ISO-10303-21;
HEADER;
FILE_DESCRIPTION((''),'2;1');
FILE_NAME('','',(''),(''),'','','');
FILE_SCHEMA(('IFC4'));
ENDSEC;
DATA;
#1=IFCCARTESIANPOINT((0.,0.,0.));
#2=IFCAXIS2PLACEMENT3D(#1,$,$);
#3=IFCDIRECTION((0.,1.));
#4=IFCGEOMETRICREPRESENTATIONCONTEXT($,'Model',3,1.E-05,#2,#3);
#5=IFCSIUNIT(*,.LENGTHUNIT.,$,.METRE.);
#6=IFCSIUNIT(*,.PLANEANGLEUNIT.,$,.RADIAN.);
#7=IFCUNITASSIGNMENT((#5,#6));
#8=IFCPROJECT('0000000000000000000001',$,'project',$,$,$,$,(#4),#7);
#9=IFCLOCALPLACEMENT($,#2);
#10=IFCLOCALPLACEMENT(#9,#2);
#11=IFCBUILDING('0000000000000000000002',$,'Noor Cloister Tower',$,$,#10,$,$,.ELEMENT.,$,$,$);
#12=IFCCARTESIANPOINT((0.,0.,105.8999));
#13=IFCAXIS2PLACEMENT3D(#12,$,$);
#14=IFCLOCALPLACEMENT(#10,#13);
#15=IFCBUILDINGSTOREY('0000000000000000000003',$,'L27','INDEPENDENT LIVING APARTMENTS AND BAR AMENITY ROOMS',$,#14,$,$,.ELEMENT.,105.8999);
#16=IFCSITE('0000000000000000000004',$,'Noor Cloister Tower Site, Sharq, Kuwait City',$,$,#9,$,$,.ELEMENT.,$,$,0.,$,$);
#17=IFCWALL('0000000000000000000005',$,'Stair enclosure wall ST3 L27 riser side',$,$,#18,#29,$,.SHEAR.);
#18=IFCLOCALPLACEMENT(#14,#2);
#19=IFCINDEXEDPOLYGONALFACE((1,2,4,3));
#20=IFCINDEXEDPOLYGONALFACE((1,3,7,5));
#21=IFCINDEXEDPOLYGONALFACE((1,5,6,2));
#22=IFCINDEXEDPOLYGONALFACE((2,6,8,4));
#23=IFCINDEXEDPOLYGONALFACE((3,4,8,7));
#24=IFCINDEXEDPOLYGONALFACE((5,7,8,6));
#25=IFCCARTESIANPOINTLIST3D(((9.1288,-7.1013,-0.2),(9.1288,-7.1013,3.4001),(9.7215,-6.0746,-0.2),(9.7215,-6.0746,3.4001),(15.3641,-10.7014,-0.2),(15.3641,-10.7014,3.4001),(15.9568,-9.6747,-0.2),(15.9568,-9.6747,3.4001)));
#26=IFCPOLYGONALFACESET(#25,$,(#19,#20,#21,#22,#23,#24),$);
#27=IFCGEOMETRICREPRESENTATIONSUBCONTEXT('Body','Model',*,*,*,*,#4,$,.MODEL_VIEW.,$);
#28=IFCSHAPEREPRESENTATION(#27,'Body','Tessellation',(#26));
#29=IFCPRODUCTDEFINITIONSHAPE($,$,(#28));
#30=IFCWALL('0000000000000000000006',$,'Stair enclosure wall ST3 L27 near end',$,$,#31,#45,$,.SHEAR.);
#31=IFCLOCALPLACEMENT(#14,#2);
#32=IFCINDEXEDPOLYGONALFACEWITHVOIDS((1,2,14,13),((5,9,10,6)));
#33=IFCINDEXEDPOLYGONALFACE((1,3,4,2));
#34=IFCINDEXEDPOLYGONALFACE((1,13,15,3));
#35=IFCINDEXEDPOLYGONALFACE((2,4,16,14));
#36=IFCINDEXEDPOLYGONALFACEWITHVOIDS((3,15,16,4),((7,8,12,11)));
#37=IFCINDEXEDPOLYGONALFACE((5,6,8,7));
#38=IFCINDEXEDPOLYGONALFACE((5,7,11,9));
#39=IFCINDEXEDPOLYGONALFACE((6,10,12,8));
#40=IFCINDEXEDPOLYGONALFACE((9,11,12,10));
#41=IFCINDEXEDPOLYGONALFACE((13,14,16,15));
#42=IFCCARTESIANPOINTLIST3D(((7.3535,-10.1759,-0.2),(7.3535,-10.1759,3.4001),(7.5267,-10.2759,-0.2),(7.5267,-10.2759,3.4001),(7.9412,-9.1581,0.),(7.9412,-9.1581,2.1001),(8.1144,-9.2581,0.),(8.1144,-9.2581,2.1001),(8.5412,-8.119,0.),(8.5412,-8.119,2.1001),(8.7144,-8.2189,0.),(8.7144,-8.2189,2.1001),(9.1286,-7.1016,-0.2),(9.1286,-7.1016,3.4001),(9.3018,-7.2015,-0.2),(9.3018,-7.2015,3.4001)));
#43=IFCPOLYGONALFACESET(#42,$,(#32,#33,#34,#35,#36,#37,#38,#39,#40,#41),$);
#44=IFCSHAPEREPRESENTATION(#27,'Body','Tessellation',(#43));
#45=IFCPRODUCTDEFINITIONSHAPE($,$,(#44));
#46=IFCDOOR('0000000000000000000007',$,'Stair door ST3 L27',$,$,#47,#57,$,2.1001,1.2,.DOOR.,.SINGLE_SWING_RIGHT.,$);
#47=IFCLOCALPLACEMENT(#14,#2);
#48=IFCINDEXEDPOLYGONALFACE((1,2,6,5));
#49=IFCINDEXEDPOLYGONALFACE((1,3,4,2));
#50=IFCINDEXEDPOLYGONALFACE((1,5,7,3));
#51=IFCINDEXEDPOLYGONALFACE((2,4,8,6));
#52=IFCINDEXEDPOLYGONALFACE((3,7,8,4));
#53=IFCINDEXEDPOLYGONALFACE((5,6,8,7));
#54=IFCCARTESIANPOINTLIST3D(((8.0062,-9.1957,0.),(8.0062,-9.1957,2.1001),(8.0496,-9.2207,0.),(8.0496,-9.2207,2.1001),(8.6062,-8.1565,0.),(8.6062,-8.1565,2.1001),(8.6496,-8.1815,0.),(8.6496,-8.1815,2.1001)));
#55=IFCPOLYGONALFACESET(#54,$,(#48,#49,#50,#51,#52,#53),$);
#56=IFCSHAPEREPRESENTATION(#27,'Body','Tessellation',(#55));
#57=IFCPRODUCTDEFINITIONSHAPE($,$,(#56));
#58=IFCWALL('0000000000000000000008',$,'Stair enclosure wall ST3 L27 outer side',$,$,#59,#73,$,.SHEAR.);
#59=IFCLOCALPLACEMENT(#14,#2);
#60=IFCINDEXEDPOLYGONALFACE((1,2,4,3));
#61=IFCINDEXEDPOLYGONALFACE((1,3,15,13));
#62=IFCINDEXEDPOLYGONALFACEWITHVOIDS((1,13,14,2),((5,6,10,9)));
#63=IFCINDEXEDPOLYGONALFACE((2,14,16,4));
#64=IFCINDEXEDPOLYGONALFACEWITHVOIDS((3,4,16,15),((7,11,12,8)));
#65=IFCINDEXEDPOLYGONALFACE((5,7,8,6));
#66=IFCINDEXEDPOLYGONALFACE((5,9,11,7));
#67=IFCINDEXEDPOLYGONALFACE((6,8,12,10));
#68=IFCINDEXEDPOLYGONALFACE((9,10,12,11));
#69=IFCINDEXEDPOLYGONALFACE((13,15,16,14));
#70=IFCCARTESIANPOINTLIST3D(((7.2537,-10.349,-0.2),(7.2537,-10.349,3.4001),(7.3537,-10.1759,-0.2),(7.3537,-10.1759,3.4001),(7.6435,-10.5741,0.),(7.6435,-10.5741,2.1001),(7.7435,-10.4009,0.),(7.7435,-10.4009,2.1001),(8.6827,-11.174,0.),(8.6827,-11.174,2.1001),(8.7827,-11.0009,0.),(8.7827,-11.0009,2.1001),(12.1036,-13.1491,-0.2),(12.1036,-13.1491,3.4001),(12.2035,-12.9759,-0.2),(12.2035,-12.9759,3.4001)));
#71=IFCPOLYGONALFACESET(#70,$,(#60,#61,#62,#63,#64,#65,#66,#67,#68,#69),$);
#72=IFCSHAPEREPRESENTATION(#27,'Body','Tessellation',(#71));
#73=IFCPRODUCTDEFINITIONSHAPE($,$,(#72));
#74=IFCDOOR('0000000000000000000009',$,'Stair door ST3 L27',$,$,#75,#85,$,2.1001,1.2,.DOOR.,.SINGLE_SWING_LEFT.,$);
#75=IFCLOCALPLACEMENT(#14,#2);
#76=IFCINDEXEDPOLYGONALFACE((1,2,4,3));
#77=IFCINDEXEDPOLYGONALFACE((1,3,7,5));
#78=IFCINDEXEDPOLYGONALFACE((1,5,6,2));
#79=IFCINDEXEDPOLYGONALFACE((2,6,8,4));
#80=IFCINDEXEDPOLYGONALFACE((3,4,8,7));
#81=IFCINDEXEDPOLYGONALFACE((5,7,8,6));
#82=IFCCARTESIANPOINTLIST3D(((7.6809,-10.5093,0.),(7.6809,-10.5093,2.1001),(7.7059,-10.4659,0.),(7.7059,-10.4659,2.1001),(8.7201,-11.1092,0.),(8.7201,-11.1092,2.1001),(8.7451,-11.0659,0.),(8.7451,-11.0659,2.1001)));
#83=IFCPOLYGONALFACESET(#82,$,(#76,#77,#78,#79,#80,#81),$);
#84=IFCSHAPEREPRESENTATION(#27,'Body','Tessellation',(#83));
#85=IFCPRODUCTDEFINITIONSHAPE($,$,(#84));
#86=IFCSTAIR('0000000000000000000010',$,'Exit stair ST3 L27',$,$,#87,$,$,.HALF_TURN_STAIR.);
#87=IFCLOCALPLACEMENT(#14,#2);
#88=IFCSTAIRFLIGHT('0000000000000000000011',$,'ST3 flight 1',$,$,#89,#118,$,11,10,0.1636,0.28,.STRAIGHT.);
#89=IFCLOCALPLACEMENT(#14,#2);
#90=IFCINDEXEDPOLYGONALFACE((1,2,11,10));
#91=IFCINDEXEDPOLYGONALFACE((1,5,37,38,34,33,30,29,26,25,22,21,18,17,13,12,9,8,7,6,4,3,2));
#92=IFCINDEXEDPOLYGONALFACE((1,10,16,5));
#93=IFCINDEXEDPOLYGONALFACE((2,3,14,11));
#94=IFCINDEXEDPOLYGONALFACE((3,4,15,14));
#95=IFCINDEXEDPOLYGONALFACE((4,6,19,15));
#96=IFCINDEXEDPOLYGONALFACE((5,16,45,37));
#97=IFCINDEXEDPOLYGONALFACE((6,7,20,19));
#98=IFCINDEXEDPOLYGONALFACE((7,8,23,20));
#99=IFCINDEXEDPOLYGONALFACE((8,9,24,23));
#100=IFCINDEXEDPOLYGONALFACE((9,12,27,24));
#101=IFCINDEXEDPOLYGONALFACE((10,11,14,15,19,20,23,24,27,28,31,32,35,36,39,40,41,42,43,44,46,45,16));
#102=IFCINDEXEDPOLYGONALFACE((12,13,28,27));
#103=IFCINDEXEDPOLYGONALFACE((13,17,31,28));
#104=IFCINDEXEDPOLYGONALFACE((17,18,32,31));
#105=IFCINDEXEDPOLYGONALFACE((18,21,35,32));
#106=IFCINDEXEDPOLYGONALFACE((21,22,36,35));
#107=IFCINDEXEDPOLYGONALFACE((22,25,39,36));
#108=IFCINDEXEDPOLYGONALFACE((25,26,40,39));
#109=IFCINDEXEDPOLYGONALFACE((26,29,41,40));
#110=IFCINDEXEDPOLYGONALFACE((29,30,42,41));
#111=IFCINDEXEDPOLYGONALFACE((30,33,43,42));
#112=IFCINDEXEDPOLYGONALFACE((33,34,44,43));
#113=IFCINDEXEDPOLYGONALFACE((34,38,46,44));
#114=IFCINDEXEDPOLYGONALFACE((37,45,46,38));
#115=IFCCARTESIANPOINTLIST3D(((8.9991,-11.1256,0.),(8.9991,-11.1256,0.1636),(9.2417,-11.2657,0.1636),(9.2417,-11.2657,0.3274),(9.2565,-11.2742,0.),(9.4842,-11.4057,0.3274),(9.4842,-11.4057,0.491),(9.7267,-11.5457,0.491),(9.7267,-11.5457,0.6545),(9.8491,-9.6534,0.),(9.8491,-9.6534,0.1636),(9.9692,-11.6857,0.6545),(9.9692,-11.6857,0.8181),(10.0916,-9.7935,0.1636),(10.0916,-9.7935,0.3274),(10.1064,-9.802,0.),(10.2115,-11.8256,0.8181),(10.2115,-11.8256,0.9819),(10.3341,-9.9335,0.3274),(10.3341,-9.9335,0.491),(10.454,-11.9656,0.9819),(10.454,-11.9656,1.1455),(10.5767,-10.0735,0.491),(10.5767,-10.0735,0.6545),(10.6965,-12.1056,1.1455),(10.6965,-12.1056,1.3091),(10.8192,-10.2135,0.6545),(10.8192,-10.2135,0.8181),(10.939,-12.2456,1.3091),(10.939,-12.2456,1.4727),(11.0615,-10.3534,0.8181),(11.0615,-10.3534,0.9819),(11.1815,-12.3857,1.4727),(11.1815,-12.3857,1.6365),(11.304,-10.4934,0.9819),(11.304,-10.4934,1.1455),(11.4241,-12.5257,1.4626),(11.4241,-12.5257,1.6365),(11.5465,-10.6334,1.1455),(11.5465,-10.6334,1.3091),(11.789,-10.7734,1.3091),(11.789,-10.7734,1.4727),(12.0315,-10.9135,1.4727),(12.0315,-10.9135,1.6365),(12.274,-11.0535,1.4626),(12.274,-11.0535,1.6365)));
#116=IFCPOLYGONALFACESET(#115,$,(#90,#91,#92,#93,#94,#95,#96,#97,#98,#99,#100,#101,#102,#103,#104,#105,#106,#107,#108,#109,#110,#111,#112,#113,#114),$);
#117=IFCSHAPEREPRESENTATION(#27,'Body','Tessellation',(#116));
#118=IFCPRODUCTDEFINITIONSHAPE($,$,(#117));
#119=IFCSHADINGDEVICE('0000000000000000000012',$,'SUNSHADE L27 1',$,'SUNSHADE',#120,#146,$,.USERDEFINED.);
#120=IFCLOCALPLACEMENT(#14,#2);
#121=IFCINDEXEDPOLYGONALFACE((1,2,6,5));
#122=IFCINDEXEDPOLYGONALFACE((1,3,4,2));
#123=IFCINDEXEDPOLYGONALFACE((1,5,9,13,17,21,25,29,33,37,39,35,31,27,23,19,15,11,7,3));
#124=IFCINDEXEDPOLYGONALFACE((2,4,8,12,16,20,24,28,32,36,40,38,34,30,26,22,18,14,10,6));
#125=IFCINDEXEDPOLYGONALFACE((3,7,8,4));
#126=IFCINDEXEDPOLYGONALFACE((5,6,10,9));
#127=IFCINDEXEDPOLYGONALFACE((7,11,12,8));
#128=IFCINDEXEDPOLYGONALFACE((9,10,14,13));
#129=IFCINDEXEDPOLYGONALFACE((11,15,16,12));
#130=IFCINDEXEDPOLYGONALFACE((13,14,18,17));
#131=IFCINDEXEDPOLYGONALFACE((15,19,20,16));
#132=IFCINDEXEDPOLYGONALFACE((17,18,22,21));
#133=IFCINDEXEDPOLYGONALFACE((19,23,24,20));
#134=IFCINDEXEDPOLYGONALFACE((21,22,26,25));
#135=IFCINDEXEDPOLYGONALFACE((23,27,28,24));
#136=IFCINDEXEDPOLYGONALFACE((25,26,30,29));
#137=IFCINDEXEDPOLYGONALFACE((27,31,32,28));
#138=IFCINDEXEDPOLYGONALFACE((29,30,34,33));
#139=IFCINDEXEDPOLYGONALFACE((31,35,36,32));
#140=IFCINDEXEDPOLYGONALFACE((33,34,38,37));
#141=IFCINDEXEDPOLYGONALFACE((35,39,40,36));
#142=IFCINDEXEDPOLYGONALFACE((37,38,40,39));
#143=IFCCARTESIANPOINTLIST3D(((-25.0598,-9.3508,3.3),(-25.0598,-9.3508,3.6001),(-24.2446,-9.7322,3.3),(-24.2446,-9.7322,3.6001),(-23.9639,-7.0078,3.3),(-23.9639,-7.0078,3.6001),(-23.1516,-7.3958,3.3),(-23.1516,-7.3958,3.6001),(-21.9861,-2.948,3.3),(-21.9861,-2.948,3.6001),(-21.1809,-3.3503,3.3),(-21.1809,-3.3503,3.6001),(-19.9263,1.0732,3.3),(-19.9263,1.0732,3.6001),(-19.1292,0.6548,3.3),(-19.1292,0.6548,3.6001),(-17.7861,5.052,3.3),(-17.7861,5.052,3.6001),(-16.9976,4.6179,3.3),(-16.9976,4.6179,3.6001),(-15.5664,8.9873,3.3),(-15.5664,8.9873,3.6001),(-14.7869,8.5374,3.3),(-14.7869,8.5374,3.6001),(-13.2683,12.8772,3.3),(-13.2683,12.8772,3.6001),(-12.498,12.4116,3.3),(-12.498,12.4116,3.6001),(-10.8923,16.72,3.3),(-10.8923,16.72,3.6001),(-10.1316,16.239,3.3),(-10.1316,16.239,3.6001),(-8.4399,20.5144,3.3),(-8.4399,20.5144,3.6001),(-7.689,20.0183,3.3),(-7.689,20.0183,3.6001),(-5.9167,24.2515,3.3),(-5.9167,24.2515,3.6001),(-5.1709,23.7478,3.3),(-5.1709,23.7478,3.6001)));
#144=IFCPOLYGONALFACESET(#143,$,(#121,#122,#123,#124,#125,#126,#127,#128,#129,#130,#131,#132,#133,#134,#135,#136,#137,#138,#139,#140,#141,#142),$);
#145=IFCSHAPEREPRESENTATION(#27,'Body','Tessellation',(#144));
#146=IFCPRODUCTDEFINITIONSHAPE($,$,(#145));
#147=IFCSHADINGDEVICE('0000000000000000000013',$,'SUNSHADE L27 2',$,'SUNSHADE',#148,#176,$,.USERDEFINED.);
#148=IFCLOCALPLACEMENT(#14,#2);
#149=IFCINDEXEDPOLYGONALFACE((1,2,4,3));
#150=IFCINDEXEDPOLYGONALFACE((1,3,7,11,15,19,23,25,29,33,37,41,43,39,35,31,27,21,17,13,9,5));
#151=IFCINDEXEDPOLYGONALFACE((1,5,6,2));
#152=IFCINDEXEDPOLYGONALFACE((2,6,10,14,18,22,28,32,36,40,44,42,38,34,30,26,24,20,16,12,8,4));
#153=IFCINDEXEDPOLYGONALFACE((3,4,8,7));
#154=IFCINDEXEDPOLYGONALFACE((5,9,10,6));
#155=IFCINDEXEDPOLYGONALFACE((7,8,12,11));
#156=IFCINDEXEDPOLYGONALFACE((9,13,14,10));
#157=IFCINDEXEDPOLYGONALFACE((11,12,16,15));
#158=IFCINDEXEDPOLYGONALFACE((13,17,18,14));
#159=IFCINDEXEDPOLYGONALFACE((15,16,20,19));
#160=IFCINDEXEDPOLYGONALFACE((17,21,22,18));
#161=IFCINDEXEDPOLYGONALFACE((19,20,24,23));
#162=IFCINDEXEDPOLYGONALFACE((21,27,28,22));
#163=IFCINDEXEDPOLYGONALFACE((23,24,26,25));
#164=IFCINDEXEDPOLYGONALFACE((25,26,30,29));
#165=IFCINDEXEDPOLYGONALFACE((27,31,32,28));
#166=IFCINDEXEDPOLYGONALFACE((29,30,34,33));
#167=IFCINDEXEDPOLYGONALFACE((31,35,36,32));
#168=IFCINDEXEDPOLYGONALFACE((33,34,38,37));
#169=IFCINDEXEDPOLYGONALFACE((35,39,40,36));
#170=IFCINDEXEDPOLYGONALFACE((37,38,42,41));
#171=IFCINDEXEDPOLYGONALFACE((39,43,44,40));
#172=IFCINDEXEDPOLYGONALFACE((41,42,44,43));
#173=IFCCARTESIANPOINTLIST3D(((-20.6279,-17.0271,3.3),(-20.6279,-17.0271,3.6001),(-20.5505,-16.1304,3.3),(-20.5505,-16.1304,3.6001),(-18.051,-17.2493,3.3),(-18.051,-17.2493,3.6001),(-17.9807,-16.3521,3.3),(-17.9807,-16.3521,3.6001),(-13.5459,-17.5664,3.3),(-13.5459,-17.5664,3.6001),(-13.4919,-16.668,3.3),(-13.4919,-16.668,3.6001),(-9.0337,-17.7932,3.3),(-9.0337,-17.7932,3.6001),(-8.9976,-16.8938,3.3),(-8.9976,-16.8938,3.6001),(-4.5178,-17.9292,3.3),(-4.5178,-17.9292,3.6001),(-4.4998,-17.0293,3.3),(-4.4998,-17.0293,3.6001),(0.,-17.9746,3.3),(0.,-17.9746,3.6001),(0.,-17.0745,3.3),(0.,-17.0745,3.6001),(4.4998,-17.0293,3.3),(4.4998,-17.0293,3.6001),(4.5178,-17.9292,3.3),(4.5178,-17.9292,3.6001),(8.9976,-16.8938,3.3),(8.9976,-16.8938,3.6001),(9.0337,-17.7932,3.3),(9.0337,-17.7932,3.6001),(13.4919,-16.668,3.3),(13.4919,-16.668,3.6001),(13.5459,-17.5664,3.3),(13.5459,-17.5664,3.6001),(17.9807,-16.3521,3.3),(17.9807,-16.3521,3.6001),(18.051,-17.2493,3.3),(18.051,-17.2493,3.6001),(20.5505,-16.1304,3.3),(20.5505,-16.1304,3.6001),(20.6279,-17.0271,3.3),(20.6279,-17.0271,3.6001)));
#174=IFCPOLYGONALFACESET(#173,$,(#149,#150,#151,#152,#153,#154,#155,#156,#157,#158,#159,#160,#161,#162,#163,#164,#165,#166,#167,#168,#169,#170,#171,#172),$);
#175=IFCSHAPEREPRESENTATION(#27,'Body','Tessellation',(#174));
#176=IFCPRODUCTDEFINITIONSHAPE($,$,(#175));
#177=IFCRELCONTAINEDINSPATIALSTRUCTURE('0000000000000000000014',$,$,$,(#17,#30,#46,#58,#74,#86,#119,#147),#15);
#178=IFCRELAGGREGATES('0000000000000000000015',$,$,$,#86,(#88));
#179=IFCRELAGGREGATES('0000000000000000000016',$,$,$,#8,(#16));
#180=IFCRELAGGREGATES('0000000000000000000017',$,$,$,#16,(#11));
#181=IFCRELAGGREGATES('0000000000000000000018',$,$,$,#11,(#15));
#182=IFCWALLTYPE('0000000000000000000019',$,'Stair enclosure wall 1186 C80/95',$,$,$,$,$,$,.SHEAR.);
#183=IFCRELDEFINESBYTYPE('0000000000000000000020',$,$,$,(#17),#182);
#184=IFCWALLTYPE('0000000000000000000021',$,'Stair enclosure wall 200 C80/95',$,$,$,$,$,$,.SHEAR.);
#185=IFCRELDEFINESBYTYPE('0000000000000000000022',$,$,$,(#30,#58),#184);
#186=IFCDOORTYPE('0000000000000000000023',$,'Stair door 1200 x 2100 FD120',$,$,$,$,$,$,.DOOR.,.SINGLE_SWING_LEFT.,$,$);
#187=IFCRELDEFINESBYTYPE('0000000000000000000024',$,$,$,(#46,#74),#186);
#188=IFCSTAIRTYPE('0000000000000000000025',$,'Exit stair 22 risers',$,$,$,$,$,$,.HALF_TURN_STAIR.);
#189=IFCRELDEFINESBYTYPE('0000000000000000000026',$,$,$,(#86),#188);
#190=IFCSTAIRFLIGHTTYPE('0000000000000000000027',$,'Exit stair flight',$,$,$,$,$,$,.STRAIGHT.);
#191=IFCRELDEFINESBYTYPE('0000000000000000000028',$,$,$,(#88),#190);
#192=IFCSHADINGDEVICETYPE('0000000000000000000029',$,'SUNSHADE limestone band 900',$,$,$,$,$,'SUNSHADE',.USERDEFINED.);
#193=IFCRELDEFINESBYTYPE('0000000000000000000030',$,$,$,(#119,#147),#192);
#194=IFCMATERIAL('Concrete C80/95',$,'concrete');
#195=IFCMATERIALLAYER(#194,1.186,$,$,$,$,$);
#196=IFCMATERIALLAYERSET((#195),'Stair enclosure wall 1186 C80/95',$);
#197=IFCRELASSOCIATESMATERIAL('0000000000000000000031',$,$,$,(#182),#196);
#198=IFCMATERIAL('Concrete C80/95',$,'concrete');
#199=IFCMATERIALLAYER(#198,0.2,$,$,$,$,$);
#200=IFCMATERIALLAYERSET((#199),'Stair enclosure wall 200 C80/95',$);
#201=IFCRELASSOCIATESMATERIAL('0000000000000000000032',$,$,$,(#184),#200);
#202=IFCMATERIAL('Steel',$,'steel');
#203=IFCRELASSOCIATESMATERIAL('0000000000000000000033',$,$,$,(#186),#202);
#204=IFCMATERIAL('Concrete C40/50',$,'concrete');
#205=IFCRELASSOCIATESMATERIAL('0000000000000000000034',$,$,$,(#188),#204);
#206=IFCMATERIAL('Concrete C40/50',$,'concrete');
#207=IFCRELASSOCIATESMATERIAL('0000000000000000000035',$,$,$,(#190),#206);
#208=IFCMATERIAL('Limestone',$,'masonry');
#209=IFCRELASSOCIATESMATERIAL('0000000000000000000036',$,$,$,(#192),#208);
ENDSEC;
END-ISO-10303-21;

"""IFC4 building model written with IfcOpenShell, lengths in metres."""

from ifc_helpers import new_model, si_unit, direction, frame, frame_2d, origin, place, context, subcontext, project, spatial, polyline, rectangle, outline, extrude, material, layer, layer_set, type_object, element, fill, aggregate, save


model = new_model("IFC4")

# Units and contexts
model_context = context("Model", 3, precision=1e-05, world=origin(), true_north=direction((0.0, 1.0)))
body_context = subcontext(model_context, "Body", "Model", "MODEL_VIEW")
ifc_project = project(units=[si_unit("LENGTHUNIT", "METRE"), si_unit("PLANEANGLEUNIT", "RADIAN")], contexts=[model_context])

# Site, building, storey
site_placement = place(None, origin())
site = spatial("IfcSite", under=ifc_project, at=site_placement, Name="Noor Cloister Tower Site, Sharq, Kuwait City", CompositionType="ELEMENT", RefElevation=0.0)
building_placement = place(site_placement, origin())
building = spatial("IfcBuilding", under=site, at=building_placement, Name="Noor Cloister Tower", CompositionType="ELEMENT")
storey_placement = place(building_placement, frame((0.0, 0.0, 105.8999)))
storey = spatial("IfcBuildingStorey", under=building, at=storey_placement, Name="L27", Description="INDEPENDENT LIVING APARTMENTS AND BAR AMENITY ROOMS", CompositionType="ELEMENT", Elevation=105.8999)

# Wall
ifc_material_1 = material(Name="Concrete C80/95", Category="concrete")
ifc_layer_1 = layer(ifc_material_1, 1.186)
ifc_layer_set_1 = layer_set([ifc_layer_1], Name="Stair enclosure wall 1186 C80/95")
wall_type_1 = type_object("IfcWallType", Name="Stair enclosure wall 1186 C80/95", PredefinedType="SHEAR", material=ifc_layer_set_1)
wall_1_placement = place(storey_placement, frame((9.425, -6.5879, -0.2), z_axis=(0.0, 0.0, 1.0), x_axis=(0.866018, -0.500012, 0.0)))
element("IfcWall", 1, at=wall_1_placement, inside=storey, type_object=wall_type_1, Name="Stair enclosure wall ST3 L27 riser side", PredefinedType="SHEAR", context=body_context, shape_type="SweptSolid", body=[
    extrude(rectangle(XDim=7.2, YDim=1.1855, at=frame_2d((3.6001, 0.0))), origin(), (0.0, 0.0, 1.0), 3.6001),
])

# Walls, openings, doors
ifc_material_2 = material(Name="Concrete C80/95", Category="concrete")
ifc_layer_2 = layer(ifc_material_2, 0.2)
ifc_layer_set_2 = layer_set([ifc_layer_2], Name="Stair enclosure wall 200 C80/95")
wall_type_2 = type_object("IfcWallType", Name="Stair enclosure wall 200 C80/95", PredefinedType="SHEAR", material=ifc_layer_set_2)
wall_2_placement = place(storey_placement, frame((7.4402, -10.2258, -0.2), z_axis=(0.0, 0.0, 1.0), x_axis=(0.500022, 0.866013, 0.0)))
wall_2 = element("IfcWall", 2, at=wall_2_placement, inside=storey, type_object=wall_type_2, Name="Stair enclosure wall ST3 L27 near end", PredefinedType="SHEAR", context=body_context, shape_type="SweptSolid", body=[
    extrude(rectangle(XDim=3.55, YDim=0.2, at=frame_2d((1.7749, 0.0))), origin(), (0.0, 0.0, 1.0), 3.6001),
])
opening_1_placement = place(wall_2_placement, frame((1.175, 0.0, 0.2)))
opening_1 = element("IfcOpeningElement", 3, at=opening_1_placement, cuts=wall_2, PredefinedType="OPENING", context=body_context, shape_type="SweptSolid", body=[
    extrude(rectangle(XDim=1.2, YDim=2.1001, at=frame_2d((0.6001, 1.05))), frame((0.0, 0.1099, 0.0), z_axis=(0.0, -1.0, 0.0), x_axis=(1.0, 0.0, 0.0)), (0.0, 0.0, 1.0), 0.22),
])
ifc_material_3 = material(Name="Steel", Category="steel")
door_type_1 = type_object("IfcDoorType", Name="Stair door 1200 x 2100 FD120", OperationType="SINGLE_SWING_LEFT", PredefinedType="DOOR", material=ifc_material_3)
door_1_placement = place(opening_1_placement, origin())
door_1 = element("IfcDoor", 4, at=door_1_placement, inside=storey, type_object=door_type_1, Name="Stair door ST3 L27", OperationType="SINGLE_SWING_RIGHT", OverallHeight=2.1001, OverallWidth=1.2, PredefinedType="DOOR", context=body_context, shape_type="SweptSolid", body=[
    extrude(rectangle(XDim=1.2, YDim=2.1001, at=frame_2d((0.6001, 1.05))), frame((0.0, 0.0249, 0.0), z_axis=(0.0, -1.0, 0.0), x_axis=(1.0, 0.0, 0.0)), (0.0, 0.0, 1.0), 0.05),
])
fill(opening_1, door_1)
wall_3_placement = place(storey_placement, frame((7.3037, -10.2625, -0.2), z_axis=(0.0, 0.0, 1.0), x_axis=(0.866027, -0.499998, 0.0)))
wall_3 = element("IfcWall", 5, at=wall_3_placement, inside=storey, type_object=wall_type_2, Name="Stair enclosure wall ST3 L27 outer side", PredefinedType="SHEAR", context=body_context, shape_type="SweptSolid", body=[
    extrude(rectangle(XDim=5.6001, YDim=0.2, at=frame_2d((2.8, 0.0))), origin(), (0.0, 0.0, 1.0), 3.6001),
])
opening_2_placement = place(wall_3_placement, frame((0.45, 0.0, 0.2)))
opening_2 = element("IfcOpeningElement", 6, at=opening_2_placement, cuts=wall_3, PredefinedType="OPENING", context=body_context, shape_type="SweptSolid", body=[
    extrude(rectangle(XDim=1.2, YDim=2.1001, at=frame_2d((0.6001, 1.05))), frame((0.0, 0.1099, 0.0), z_axis=(0.0, -1.0, 0.0), x_axis=(1.0, 0.0, 0.0)), (0.0, 0.0, 1.0), 0.22),
])
door_2_placement = place(opening_2_placement, origin())
door_2 = element("IfcDoor", 7, at=door_2_placement, inside=storey, type_object=door_type_1, Name="Stair door ST3 L27", OperationType="SINGLE_SWING_LEFT", OverallHeight=2.1001, OverallWidth=1.2, PredefinedType="DOOR", context=body_context, shape_type="SweptSolid", body=[
    extrude(rectangle(XDim=1.2, YDim=2.1001, at=frame_2d((0.6001, 1.05))), frame((0.0, 0.0249, 0.0), z_axis=(0.0, -1.0, 0.0), x_axis=(1.0, 0.0, 0.0)), (0.0, 0.0, 1.0), 0.05),
])
fill(opening_2, door_2)

# Stair, stair flight
ifc_material_4 = material(Name="Concrete C40/50", Category="concrete")
stair_type = type_object("IfcStairType", Name="Exit stair 22 risers", PredefinedType="HALF_TURN_STAIR", material=ifc_material_4)
stair_placement = place(storey_placement, origin())
stair = element("IfcStair", 8, at=stair_placement, inside=storey, type_object=stair_type, Name="Exit stair ST3 L27", PredefinedType="HALF_TURN_STAIR")
ifc_material_5 = material(Name="Concrete C40/50", Category="concrete")
stair_flight_type = type_object("IfcStairFlightType", Name="Exit stair flight", PredefinedType="STRAIGHT", material=ifc_material_5)
stair_flight_placement = place(storey_placement, frame((9.4241, -10.3896, 0.0), z_axis=(0.0, 0.0, 1.0), x_axis=(0.866025, -0.5, 0.0)))
stair_flight = element("IfcStairFlight", 9, at=stair_flight_placement, type_object=stair_flight_type, Name="ST3 flight 1", NumberOfRisers=11, NumberOfTreads=10, PredefinedType="STRAIGHT", RiserHeight=0.1636, TreadLength=0.28, context=body_context, shape_type="SweptSolid", body=[
    extrude(outline(polyline([(0.0, 0.0), (0.0, 0.1636), (0.28, 0.1636), (0.28, 0.3274), (0.5601, 0.3274), (0.5601, 0.491), (0.8401, 0.491), (0.8401, 0.6545), (1.1201, 0.6545), (1.1201, 0.8181), (1.3999, 0.8181), (1.3999, 0.9819), (1.6799, 0.9819), (1.6799, 1.1455), (1.96, 1.1455), (1.96, 1.3091), (2.24, 1.3091), (2.24, 1.4727), (2.52, 1.4727), (2.52, 1.6365), (2.8, 1.6365), (2.8, 1.8), (2.8, 1.4626), (0.2971, 0.0), (0.0, 0.0)])), frame((0.0, 0.8501, 0.0), z_axis=(0.0, -1.0, 0.0), x_axis=(1.0, 0.0, 0.0)), (0.0, 0.0, 1.0), 1.7),
])
aggregate(stair, [stair_flight])

# Shading devices
ifc_material_6 = material(Name="Limestone", Category="masonry")
shading_device_type = type_object("IfcShadingDeviceType", Name="SUNSHADE limestone band 900", ElementType="SUNSHADE", PredefinedType="USERDEFINED", material=ifc_material_6)
shading_device_1_placement = place(storey_placement, frame((0.0, 0.0, 3.3)))
element("IfcShadingDevice", 10, at=shading_device_1_placement, inside=storey, type_object=shading_device_type, Name="SUNSHADE L27 1", ObjectType="SUNSHADE", PredefinedType="USERDEFINED", context=body_context, shape_type="SweptSolid", body=[
    extrude(outline(polyline([(-5.9167, 24.2515), (-8.4399, 20.5144), (-10.8923, 16.72), (-13.2683, 12.8772), (-15.5664, 8.9873), (-17.7861, 5.052), (-19.9263, 1.0732), (-21.9861, -2.948), (-23.9639, -7.0078), (-25.0598, -9.3508), (-24.2446, -9.7322), (-23.1516, -7.3958), (-21.1809, -3.3503), (-19.1292, 0.6548), (-16.9976, 4.6179), (-14.7869, 8.5374), (-12.498, 12.4116), (-10.1316, 16.239), (-7.689, 20.0183), (-5.1709, 23.7478), (-5.9167, 24.2515)])), origin(), (0.0, 0.0, 1.0), 0.3),
])
shading_device_2_placement = place(storey_placement, frame((0.0, 0.0, 3.3)))
element("IfcShadingDevice", 11, at=shading_device_2_placement, inside=storey, type_object=shading_device_type, Name="SUNSHADE L27 2", ObjectType="SUNSHADE", PredefinedType="USERDEFINED", context=body_context, shape_type="SweptSolid", body=[
    extrude(outline(polyline([(-20.6279, -17.0271), (-18.051, -17.2493), (-13.5459, -17.5664), (-9.0337, -17.7932), (-4.5178, -17.9292), (0.0, -17.9746), (4.5178, -17.9292), (9.0337, -17.7932), (13.5459, -17.5664), (18.051, -17.2493), (20.6279, -17.0271), (20.5505, -16.1304), (17.9807, -16.3521), (13.4919, -16.668), (8.9976, -16.8938), (4.4998, -17.0293), (0.0, -17.0745), (-4.4998, -17.0293), (-8.9976, -16.8938), (-13.4919, -16.668), (-17.9807, -16.3521), (-20.5505, -16.1304), (-20.6279, -17.0271)])), origin(), (0.0, 0.0, 1.0), 0.3),
])

save(model, "model.ifc")
